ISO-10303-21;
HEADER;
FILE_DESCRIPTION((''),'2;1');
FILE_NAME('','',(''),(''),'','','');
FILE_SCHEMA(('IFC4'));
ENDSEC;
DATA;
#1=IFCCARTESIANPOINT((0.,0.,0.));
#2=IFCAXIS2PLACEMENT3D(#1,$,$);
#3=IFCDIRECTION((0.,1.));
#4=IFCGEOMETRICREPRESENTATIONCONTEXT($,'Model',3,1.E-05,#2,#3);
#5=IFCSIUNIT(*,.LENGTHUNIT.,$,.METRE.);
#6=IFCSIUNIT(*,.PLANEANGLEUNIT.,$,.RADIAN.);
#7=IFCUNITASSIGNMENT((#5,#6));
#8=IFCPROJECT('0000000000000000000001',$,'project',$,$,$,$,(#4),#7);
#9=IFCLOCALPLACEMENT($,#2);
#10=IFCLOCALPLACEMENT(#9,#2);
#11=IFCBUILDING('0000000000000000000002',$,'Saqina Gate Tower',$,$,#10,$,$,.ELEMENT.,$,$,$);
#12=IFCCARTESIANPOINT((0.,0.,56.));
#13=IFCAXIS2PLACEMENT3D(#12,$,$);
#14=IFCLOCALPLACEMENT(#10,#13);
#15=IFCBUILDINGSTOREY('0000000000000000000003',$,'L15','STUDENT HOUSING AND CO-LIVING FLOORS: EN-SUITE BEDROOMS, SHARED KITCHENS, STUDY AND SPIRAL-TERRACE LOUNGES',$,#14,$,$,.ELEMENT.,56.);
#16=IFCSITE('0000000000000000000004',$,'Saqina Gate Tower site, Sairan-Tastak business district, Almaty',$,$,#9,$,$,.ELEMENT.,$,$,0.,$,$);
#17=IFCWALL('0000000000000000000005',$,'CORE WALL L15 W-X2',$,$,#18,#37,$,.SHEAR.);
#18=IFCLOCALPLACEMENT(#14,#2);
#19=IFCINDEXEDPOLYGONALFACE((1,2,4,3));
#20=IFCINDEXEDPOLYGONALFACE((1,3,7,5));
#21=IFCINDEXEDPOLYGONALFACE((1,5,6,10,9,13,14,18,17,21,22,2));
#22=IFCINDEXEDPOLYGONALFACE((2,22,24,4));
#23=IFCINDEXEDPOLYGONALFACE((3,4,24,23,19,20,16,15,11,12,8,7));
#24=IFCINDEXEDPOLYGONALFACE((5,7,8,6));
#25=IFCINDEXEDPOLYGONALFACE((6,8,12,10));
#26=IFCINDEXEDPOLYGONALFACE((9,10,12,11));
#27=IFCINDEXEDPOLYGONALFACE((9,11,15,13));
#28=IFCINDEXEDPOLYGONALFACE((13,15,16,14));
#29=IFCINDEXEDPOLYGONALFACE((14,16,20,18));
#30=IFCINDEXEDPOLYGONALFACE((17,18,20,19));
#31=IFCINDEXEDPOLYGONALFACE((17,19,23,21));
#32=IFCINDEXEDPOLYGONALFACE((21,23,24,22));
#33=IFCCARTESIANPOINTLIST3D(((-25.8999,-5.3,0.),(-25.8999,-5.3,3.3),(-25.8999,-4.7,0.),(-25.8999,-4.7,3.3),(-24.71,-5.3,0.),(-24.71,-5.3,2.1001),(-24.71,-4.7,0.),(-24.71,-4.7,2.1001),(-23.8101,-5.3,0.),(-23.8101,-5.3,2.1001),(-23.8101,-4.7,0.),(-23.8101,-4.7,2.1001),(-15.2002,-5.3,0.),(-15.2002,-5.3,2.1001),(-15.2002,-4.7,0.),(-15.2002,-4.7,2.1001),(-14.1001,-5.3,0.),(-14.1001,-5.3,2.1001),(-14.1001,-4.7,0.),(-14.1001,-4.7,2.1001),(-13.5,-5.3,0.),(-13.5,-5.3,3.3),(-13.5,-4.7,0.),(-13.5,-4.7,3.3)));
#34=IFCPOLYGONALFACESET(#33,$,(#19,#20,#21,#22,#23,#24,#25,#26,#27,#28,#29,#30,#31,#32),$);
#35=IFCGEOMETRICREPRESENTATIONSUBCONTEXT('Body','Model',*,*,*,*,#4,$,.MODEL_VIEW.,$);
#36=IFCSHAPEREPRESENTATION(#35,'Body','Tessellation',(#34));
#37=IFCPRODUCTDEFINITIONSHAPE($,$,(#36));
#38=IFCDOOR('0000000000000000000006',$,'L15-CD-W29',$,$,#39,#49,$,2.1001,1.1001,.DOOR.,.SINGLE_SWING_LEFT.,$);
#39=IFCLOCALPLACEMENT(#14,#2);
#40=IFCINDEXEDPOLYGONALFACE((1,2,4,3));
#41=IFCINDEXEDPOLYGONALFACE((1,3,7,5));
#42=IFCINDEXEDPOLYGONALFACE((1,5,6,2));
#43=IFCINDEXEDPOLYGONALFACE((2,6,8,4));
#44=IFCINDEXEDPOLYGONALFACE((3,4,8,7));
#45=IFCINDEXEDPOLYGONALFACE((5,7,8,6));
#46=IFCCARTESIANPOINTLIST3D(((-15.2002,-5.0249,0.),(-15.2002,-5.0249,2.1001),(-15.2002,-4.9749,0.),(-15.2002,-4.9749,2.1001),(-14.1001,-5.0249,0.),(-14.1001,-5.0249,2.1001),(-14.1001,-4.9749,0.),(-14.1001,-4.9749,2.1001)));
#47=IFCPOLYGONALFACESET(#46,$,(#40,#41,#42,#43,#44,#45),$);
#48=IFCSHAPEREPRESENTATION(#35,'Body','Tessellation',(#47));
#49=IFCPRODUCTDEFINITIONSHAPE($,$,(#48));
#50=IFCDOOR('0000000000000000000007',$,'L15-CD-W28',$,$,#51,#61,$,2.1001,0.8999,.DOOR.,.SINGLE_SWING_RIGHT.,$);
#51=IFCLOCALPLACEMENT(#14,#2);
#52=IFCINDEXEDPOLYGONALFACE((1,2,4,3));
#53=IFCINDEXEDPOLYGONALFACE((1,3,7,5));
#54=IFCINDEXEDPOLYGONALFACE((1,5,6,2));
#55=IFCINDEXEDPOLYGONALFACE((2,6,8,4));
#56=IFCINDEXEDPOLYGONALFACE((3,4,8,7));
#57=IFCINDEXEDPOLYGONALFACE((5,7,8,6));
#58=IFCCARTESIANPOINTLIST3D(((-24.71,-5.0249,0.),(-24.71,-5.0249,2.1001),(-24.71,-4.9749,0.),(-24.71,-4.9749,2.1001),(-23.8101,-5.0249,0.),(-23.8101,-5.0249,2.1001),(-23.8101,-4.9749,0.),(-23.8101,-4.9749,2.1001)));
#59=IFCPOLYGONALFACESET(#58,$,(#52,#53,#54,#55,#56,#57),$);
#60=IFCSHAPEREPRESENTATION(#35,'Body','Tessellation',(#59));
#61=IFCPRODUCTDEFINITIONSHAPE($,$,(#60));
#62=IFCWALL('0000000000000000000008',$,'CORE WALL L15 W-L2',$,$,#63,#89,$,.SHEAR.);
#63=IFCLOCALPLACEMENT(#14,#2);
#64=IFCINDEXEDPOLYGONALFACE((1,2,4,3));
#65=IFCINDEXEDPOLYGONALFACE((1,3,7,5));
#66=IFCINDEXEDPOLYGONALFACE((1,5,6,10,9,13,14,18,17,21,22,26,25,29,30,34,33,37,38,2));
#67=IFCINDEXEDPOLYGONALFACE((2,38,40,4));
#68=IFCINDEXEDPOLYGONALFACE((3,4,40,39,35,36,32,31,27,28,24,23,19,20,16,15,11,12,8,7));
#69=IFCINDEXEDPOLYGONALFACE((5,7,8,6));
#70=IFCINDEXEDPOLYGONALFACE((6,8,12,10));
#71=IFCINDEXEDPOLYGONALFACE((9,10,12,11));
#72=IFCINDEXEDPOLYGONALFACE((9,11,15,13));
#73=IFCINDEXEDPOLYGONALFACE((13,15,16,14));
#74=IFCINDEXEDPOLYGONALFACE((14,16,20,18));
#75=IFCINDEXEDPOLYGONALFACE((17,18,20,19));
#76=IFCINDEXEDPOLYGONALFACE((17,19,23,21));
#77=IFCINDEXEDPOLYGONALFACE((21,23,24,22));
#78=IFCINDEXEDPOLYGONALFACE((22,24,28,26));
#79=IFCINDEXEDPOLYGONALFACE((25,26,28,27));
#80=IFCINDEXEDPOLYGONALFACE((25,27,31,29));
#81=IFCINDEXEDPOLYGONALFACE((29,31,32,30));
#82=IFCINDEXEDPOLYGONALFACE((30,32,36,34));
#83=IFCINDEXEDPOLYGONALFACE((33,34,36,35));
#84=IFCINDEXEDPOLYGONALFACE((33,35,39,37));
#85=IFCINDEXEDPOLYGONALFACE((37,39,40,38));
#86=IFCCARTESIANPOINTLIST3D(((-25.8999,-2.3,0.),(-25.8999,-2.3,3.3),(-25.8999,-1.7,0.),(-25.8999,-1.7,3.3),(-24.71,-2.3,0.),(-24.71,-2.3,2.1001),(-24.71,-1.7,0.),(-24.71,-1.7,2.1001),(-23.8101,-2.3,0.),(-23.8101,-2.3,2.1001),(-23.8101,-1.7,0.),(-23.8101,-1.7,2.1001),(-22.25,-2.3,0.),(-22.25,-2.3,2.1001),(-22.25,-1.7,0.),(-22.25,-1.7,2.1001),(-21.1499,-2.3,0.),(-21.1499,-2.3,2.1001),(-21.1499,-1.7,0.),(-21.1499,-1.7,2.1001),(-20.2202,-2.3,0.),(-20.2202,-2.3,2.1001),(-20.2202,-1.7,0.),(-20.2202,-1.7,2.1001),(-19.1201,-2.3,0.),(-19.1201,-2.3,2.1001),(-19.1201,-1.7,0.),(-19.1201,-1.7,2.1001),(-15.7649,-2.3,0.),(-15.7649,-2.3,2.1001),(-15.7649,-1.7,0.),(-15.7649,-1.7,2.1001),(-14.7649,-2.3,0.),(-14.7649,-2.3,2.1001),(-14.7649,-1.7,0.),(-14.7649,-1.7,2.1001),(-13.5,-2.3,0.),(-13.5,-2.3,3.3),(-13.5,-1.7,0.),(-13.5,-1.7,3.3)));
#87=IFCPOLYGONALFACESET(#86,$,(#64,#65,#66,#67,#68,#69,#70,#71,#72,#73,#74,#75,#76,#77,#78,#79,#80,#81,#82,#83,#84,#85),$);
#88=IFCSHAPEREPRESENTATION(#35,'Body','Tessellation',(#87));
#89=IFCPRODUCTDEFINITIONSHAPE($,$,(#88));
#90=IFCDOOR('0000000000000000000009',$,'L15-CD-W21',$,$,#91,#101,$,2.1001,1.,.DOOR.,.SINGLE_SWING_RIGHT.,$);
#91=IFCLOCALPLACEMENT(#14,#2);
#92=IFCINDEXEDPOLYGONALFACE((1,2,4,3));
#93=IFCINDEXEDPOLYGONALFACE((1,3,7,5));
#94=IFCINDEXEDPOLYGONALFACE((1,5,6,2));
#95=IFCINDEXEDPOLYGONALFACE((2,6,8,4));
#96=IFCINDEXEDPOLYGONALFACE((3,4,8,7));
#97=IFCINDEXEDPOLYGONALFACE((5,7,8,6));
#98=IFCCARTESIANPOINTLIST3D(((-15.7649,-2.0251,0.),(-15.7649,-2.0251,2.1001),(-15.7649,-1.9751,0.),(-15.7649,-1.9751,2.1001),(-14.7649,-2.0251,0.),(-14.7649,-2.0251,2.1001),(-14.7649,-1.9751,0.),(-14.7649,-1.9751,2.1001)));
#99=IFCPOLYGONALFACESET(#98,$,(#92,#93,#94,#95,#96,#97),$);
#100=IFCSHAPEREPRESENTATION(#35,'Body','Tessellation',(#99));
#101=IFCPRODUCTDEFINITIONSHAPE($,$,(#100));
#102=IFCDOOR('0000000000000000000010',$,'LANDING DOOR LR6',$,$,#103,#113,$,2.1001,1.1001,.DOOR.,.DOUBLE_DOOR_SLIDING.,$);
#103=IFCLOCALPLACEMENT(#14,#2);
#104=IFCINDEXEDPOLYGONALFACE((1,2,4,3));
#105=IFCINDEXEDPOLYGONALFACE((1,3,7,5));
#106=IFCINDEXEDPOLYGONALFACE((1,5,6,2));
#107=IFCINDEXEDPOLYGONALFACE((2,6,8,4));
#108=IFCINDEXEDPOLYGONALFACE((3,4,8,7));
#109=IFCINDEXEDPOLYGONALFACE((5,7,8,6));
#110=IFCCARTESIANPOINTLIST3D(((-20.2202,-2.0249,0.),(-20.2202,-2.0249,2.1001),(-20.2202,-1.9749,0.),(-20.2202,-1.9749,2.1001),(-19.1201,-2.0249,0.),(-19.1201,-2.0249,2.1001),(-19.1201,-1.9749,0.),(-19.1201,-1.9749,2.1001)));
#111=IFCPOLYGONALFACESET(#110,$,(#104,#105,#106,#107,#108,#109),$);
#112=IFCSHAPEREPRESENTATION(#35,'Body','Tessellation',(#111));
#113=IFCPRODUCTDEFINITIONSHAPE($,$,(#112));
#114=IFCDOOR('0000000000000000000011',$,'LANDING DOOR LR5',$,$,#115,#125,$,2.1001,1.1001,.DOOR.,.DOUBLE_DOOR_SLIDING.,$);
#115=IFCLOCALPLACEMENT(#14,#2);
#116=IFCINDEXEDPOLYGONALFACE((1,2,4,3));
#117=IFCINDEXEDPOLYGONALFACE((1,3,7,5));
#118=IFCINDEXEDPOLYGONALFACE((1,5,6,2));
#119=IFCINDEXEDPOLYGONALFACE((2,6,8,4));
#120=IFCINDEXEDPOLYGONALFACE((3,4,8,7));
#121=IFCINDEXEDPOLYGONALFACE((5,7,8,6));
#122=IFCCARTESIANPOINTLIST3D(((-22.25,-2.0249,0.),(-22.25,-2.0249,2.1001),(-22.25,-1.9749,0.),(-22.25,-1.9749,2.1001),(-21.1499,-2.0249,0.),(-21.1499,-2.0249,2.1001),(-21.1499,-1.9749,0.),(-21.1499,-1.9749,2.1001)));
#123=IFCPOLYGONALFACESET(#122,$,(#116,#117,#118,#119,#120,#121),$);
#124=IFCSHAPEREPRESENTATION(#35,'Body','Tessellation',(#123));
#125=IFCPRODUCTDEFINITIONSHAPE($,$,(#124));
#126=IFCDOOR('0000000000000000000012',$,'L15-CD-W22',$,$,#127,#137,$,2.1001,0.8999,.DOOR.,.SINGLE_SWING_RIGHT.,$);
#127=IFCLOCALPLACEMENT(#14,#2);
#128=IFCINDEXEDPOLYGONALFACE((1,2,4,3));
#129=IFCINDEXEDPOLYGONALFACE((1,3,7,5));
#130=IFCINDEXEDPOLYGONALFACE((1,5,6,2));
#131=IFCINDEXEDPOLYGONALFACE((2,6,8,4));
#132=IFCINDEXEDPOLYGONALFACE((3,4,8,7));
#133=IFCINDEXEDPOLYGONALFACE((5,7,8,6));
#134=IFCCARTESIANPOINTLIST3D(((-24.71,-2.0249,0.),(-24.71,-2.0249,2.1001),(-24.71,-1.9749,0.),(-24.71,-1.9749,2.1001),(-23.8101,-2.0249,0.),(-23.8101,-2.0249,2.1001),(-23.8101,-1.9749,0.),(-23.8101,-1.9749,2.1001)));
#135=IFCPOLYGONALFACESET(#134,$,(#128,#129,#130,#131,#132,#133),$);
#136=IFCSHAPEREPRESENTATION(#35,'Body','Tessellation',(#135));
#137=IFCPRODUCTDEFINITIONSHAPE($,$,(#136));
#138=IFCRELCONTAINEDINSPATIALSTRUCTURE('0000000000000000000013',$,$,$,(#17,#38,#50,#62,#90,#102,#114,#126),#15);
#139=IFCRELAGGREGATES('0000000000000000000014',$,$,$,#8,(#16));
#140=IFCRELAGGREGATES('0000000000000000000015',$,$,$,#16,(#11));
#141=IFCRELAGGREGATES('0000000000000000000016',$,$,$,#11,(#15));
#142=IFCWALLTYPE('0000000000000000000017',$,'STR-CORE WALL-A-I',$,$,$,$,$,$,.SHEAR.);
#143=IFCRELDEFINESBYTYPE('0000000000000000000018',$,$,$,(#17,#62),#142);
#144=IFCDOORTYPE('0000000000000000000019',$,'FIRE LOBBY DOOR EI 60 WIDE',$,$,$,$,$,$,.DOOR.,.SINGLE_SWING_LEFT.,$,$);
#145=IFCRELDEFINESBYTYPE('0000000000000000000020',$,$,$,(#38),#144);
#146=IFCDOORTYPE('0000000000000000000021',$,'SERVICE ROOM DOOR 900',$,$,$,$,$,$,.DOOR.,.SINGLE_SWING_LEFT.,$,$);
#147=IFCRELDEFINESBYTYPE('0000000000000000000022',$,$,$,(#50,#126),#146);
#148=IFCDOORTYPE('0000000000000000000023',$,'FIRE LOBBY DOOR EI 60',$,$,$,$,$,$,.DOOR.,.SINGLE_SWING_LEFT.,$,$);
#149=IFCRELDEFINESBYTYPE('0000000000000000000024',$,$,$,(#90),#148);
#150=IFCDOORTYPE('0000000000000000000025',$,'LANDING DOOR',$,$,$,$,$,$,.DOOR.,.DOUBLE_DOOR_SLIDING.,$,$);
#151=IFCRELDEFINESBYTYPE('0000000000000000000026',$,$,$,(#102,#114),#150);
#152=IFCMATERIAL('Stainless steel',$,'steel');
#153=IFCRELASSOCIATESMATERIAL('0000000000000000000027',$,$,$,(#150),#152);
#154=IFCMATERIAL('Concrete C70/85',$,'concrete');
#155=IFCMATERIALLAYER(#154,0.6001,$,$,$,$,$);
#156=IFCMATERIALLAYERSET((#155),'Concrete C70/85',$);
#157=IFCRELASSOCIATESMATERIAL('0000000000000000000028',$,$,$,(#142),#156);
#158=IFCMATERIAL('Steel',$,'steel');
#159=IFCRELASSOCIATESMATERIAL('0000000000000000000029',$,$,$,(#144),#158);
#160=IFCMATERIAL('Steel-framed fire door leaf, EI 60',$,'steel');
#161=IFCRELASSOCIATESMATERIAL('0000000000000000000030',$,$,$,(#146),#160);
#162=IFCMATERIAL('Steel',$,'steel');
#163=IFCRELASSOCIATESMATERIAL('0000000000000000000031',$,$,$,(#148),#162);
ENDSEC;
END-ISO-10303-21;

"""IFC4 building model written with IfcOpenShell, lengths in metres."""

from ifc_helpers import new_model, si_unit, direction, frame, frame_2d, origin, place, context, subcontext, project, spatial, rectangle, extrude, material, layer, layer_set, type_object, element, fill, save


model = new_model("IFC4")

# Units and contexts
model_context = context("Model", 3, precision=1e-05, world=origin(), true_north=direction((0.0, 1.0)))
body_context = subcontext(model_context, "Body", "Model", "MODEL_VIEW")
ifc_project = project(units=[si_unit("LENGTHUNIT", "METRE"), si_unit("PLANEANGLEUNIT", "RADIAN")], contexts=[model_context])

# Site, building, storey
site_placement = place(None, origin())
site = spatial("IfcSite", under=ifc_project, at=site_placement, Name="Saqina Gate Tower site, Sairan-Tastak business district, Almaty", CompositionType="ELEMENT", RefElevation=0.0)
building_placement = place(site_placement, origin())
building = spatial("IfcBuilding", under=site, at=building_placement, Name="Saqina Gate Tower", CompositionType="ELEMENT")
storey_placement = place(building_placement, frame((0.0, 0.0, 56.0)))
storey = spatial("IfcBuildingStorey", under=building, at=storey_placement, Name="L15", Description="STUDENT HOUSING AND CO-LIVING FLOORS: EN-SUITE BEDROOMS, SHARED KITCHENS, STUDY AND SPIRAL-TERRACE LOUNGES", CompositionType="ELEMENT", Elevation=56.0)

# Shared definitions
ifc_material_1 = material(Name="Stainless steel", Category="steel")
door_type_1 = type_object("IfcDoorType", Name="LANDING DOOR", OperationType="DOUBLE_DOOR_SLIDING", PredefinedType="DOOR", material=ifc_material_1)

# Walls, openings, doors
ifc_material_2 = material(Name="Concrete C70/85", Category="concrete")
ifc_layer_1 = layer(ifc_material_2, 0.6001)
ifc_layer_set_1 = layer_set([ifc_layer_1], Name="Concrete C70/85")
wall_type_1 = type_object("IfcWallType", Name="STR-CORE WALL-A-I", PredefinedType="SHEAR", material=ifc_layer_set_1)
wall_1_placement = place(storey_placement, frame((-13.5, -5.0, 0.0), z_axis=(0.0, 0.0, 1.0), x_axis=(-1.0, 0.0, 0.0)))
wall_1 = element("IfcWall", 1, at=wall_1_placement, inside=storey, type_object=wall_type_1, Name="CORE WALL L15 W-X2", PredefinedType="SHEAR", context=body_context, shape_type="SweptSolid", body=[
    extrude(rectangle(XDim=12.3999, YDim=0.6001, at=frame_2d((6.2, 0.0))), origin(), (0.0, 0.0, 1.0), 3.3),
])
opening_1_placement = place(wall_1_placement, frame((10.3101, 0.0, 0.0)))
opening_1 = element("IfcOpeningElement", 2, at=opening_1_placement, cuts=wall_1, PredefinedType="OPENING", context=body_context, shape_type="SweptSolid", body=[
    extrude(rectangle(XDim=0.8999, YDim=2.1001, at=frame_2d((0.45, 1.05))), frame((0.0, 0.312, 0.0), z_axis=(0.0, -1.0, 0.0), x_axis=(1.0, 0.0, 0.0)), (0.0, 0.0, 1.0), 0.624),
])
opening_2_placement = place(wall_1_placement, frame((0.6001, 0.0, 0.0)))
opening_2 = element("IfcOpeningElement", 3, at=opening_2_placement, cuts=wall_1, PredefinedType="OPENING", context=body_context, shape_type="SweptSolid", body=[
    extrude(rectangle(XDim=1.1001, YDim=2.1001, at=frame_2d((0.55, 1.05))), frame((0.0, 0.312, 0.0), z_axis=(0.0, -1.0, 0.0), x_axis=(1.0, 0.0, 0.0)), (0.0, 0.0, 1.0), 0.624),
])
ifc_material_3 = material(Name="Steel", Category="steel")
door_type_2 = type_object("IfcDoorType", Name="FIRE LOBBY DOOR EI 60 WIDE", OperationType="SINGLE_SWING_LEFT", PredefinedType="DOOR", material=ifc_material_3)
door_1_placement = place(opening_2_placement, origin())
door_1 = element("IfcDoor", 4, at=door_1_placement, inside=storey, type_object=door_type_2, Name="L15-CD-W29", OperationType="SINGLE_SWING_LEFT", OverallHeight=2.1001, OverallWidth=1.1001, PredefinedType="DOOR", context=body_context, shape_type="SweptSolid", body=[
    extrude(rectangle(XDim=1.1001, YDim=2.1001, at=frame_2d((0.55, 1.05))), frame((0.0, 0.0249, 0.0), z_axis=(0.0, -1.0, 0.0), x_axis=(1.0, 0.0, 0.0)), (0.0, 0.0, 1.0), 0.05),
])
fill(opening_2, door_1)
ifc_material_4 = material(Name="Steel-framed fire door leaf, EI 60", Category="steel")
door_type_3 = type_object("IfcDoorType", Name="SERVICE ROOM DOOR 900", OperationType="SINGLE_SWING_LEFT", PredefinedType="DOOR", material=ifc_material_4)
door_2_placement = place(opening_1_placement, origin())
door_2 = element("IfcDoor", 5, at=door_2_placement, inside=storey, type_object=door_type_3, Name="L15-CD-W28", OperationType="SINGLE_SWING_RIGHT", OverallHeight=2.1001, OverallWidth=0.8999, PredefinedType="DOOR", context=body_context, shape_type="SweptSolid", body=[
    extrude(rectangle(XDim=0.8999, YDim=2.1001, at=frame_2d((0.45, 1.05))), frame((0.0, 0.0249, 0.0), z_axis=(0.0, -1.0, 0.0), x_axis=(1.0, 0.0, 0.0)), (0.0, 0.0, 1.0), 0.05),
])
fill(opening_1, door_2)
wall_2_placement = place(storey_placement, frame((-13.5, -2.0, 0.0), z_axis=(0.0, 0.0, 1.0), x_axis=(-1.0, 0.0, 0.0)))
wall_2 = element("IfcWall", 6, at=wall_2_placement, inside=storey, type_object=wall_type_1, Name="CORE WALL L15 W-L2", PredefinedType="SHEAR", context=body_context, shape_type="SweptSolid", body=[
    extrude(rectangle(XDim=12.3999, YDim=0.6001, at=frame_2d((6.2, 0.0))), origin(), (0.0, 0.0, 1.0), 3.3),
])
opening_3_placement = place(wall_2_placement, frame((5.6201, 0.0, 0.0)))
opening_3 = element("IfcOpeningElement", 7, at=opening_3_placement, cuts=wall_2, PredefinedType="OPENING", context=body_context, shape_type="SweptSolid", body=[
    extrude(rectangle(XDim=1.1001, YDim=2.1001, at=frame_2d((0.55, 1.05))), frame((0.0, 0.312, 0.0), z_axis=(0.0, -1.0, 0.0), x_axis=(1.0, 0.0, 0.0)), (0.0, 0.0, 1.0), 0.624),
])
opening_4_placement = place(wall_2_placement, frame((7.6499, 0.0, 0.0)))
opening_4 = element("IfcOpeningElement", 8, at=opening_4_placement, cuts=wall_2, PredefinedType="OPENING", context=body_context, shape_type="SweptSolid", body=[
    extrude(rectangle(XDim=1.1001, YDim=2.1001, at=frame_2d((0.55, 1.05))), frame((0.0, 0.312, 0.0), z_axis=(0.0, -1.0, 0.0), x_axis=(1.0, 0.0, 0.0)), (0.0, 0.0, 1.0), 0.624),
])
opening_5_placement = place(wall_2_placement, frame((1.2649, 0.0, 0.0)))
opening_5 = element("IfcOpeningElement", 9, at=opening_5_placement, cuts=wall_2, PredefinedType="OPENING", context=body_context, shape_type="SweptSolid", body=[
    extrude(rectangle(XDim=1.0, YDim=2.1001, at=frame_2d((0.5, 1.05))), frame((0.0, 0.312, 0.0), z_axis=(0.0, -1.0, 0.0), x_axis=(1.0, 0.0, 0.0)), (0.0, 0.0, 1.0), 0.624),
])
opening_6_placement = place(wall_2_placement, frame((10.3101, 0.0, 0.0)))
opening_6 = element("IfcOpeningElement", 10, at=opening_6_placement, cuts=wall_2, PredefinedType="OPENING", context=body_context, shape_type="SweptSolid", body=[
    extrude(rectangle(XDim=0.8999, YDim=2.1001, at=frame_2d((0.45, 1.05))), frame((0.0, 0.312, 0.0), z_axis=(0.0, -1.0, 0.0), x_axis=(1.0, 0.0, 0.0)), (0.0, 0.0, 1.0), 0.624),
])
ifc_material_5 = material(Name="Steel", Category="steel")
door_type_4 = type_object("IfcDoorType", Name="FIRE LOBBY DOOR EI 60", OperationType="SINGLE_SWING_LEFT", PredefinedType="DOOR", material=ifc_material_5)
door_3_placement = place(opening_5_placement, frame((1.0, 0.0, 0.0), z_axis=(0.0, 0.0, 1.0), x_axis=(-1.0, 0.0, 0.0)))
door_3 = element("IfcDoor", 11, at=door_3_placement, inside=storey, type_object=door_type_4, Name="L15-CD-W21", OperationType="SINGLE_SWING_RIGHT", OverallHeight=2.1001, OverallWidth=1.0, PredefinedType="DOOR", context=body_context, shape_type="SweptSolid", body=[
    extrude(rectangle(XDim=1.0, YDim=2.1001, at=frame_2d((0.5, 1.05))), frame((0.0, 0.0249, 0.0), z_axis=(0.0, -1.0, 0.0), x_axis=(1.0, 0.0, 0.0)), (0.0, 0.0, 1.0), 0.05),
])
fill(opening_5, door_3)
door_4_placement = place(opening_3_placement, origin())
door_4 = element("IfcDoor", 12, at=door_4_placement, inside=storey, type_object=door_type_1, Name="LANDING DOOR LR6", OperationType="DOUBLE_DOOR_SLIDING", OverallHeight=2.1001, OverallWidth=1.1001, PredefinedType="DOOR", context=body_context, shape_type="SweptSolid", body=[
    extrude(rectangle(XDim=1.1001, YDim=2.1001, at=frame_2d((0.55, 1.05))), frame((0.0, 0.0249, 0.0), z_axis=(0.0, -1.0, 0.0), x_axis=(1.0, 0.0, 0.0)), (0.0, 0.0, 1.0), 0.05),
])
fill(opening_3, door_4)
door_5_placement = place(opening_4_placement, origin())
door_5 = element("IfcDoor", 13, at=door_5_placement, inside=storey, type_object=door_type_1, Name="LANDING DOOR LR5", OperationType="DOUBLE_DOOR_SLIDING", OverallHeight=2.1001, OverallWidth=1.1001, PredefinedType="DOOR", context=body_context, shape_type="SweptSolid", body=[
    extrude(rectangle(XDim=1.1001, YDim=2.1001, at=frame_2d((0.55, 1.05))), frame((0.0, 0.0249, 0.0), z_axis=(0.0, -1.0, 0.0), x_axis=(1.0, 0.0, 0.0)), (0.0, 0.0, 1.0), 0.05),
])
fill(opening_4, door_5)
door_6_placement = place(opening_6_placement, origin())
door_6 = element("IfcDoor", 14, at=door_6_placement, inside=storey, type_object=door_type_3, Name="L15-CD-W22", OperationType="SINGLE_SWING_RIGHT", OverallHeight=2.1001, OverallWidth=0.8999, PredefinedType="DOOR", context=body_context, shape_type="SweptSolid", body=[
    extrude(rectangle(XDim=0.8999, YDim=2.1001, at=frame_2d((0.45, 1.05))), frame((0.0, 0.0249, 0.0), z_axis=(0.0, -1.0, 0.0), x_axis=(1.0, 0.0, 0.0)), (0.0, 0.0, 1.0), 0.05),
])
fill(opening_6, door_6)

save(model, "model.ifc")
